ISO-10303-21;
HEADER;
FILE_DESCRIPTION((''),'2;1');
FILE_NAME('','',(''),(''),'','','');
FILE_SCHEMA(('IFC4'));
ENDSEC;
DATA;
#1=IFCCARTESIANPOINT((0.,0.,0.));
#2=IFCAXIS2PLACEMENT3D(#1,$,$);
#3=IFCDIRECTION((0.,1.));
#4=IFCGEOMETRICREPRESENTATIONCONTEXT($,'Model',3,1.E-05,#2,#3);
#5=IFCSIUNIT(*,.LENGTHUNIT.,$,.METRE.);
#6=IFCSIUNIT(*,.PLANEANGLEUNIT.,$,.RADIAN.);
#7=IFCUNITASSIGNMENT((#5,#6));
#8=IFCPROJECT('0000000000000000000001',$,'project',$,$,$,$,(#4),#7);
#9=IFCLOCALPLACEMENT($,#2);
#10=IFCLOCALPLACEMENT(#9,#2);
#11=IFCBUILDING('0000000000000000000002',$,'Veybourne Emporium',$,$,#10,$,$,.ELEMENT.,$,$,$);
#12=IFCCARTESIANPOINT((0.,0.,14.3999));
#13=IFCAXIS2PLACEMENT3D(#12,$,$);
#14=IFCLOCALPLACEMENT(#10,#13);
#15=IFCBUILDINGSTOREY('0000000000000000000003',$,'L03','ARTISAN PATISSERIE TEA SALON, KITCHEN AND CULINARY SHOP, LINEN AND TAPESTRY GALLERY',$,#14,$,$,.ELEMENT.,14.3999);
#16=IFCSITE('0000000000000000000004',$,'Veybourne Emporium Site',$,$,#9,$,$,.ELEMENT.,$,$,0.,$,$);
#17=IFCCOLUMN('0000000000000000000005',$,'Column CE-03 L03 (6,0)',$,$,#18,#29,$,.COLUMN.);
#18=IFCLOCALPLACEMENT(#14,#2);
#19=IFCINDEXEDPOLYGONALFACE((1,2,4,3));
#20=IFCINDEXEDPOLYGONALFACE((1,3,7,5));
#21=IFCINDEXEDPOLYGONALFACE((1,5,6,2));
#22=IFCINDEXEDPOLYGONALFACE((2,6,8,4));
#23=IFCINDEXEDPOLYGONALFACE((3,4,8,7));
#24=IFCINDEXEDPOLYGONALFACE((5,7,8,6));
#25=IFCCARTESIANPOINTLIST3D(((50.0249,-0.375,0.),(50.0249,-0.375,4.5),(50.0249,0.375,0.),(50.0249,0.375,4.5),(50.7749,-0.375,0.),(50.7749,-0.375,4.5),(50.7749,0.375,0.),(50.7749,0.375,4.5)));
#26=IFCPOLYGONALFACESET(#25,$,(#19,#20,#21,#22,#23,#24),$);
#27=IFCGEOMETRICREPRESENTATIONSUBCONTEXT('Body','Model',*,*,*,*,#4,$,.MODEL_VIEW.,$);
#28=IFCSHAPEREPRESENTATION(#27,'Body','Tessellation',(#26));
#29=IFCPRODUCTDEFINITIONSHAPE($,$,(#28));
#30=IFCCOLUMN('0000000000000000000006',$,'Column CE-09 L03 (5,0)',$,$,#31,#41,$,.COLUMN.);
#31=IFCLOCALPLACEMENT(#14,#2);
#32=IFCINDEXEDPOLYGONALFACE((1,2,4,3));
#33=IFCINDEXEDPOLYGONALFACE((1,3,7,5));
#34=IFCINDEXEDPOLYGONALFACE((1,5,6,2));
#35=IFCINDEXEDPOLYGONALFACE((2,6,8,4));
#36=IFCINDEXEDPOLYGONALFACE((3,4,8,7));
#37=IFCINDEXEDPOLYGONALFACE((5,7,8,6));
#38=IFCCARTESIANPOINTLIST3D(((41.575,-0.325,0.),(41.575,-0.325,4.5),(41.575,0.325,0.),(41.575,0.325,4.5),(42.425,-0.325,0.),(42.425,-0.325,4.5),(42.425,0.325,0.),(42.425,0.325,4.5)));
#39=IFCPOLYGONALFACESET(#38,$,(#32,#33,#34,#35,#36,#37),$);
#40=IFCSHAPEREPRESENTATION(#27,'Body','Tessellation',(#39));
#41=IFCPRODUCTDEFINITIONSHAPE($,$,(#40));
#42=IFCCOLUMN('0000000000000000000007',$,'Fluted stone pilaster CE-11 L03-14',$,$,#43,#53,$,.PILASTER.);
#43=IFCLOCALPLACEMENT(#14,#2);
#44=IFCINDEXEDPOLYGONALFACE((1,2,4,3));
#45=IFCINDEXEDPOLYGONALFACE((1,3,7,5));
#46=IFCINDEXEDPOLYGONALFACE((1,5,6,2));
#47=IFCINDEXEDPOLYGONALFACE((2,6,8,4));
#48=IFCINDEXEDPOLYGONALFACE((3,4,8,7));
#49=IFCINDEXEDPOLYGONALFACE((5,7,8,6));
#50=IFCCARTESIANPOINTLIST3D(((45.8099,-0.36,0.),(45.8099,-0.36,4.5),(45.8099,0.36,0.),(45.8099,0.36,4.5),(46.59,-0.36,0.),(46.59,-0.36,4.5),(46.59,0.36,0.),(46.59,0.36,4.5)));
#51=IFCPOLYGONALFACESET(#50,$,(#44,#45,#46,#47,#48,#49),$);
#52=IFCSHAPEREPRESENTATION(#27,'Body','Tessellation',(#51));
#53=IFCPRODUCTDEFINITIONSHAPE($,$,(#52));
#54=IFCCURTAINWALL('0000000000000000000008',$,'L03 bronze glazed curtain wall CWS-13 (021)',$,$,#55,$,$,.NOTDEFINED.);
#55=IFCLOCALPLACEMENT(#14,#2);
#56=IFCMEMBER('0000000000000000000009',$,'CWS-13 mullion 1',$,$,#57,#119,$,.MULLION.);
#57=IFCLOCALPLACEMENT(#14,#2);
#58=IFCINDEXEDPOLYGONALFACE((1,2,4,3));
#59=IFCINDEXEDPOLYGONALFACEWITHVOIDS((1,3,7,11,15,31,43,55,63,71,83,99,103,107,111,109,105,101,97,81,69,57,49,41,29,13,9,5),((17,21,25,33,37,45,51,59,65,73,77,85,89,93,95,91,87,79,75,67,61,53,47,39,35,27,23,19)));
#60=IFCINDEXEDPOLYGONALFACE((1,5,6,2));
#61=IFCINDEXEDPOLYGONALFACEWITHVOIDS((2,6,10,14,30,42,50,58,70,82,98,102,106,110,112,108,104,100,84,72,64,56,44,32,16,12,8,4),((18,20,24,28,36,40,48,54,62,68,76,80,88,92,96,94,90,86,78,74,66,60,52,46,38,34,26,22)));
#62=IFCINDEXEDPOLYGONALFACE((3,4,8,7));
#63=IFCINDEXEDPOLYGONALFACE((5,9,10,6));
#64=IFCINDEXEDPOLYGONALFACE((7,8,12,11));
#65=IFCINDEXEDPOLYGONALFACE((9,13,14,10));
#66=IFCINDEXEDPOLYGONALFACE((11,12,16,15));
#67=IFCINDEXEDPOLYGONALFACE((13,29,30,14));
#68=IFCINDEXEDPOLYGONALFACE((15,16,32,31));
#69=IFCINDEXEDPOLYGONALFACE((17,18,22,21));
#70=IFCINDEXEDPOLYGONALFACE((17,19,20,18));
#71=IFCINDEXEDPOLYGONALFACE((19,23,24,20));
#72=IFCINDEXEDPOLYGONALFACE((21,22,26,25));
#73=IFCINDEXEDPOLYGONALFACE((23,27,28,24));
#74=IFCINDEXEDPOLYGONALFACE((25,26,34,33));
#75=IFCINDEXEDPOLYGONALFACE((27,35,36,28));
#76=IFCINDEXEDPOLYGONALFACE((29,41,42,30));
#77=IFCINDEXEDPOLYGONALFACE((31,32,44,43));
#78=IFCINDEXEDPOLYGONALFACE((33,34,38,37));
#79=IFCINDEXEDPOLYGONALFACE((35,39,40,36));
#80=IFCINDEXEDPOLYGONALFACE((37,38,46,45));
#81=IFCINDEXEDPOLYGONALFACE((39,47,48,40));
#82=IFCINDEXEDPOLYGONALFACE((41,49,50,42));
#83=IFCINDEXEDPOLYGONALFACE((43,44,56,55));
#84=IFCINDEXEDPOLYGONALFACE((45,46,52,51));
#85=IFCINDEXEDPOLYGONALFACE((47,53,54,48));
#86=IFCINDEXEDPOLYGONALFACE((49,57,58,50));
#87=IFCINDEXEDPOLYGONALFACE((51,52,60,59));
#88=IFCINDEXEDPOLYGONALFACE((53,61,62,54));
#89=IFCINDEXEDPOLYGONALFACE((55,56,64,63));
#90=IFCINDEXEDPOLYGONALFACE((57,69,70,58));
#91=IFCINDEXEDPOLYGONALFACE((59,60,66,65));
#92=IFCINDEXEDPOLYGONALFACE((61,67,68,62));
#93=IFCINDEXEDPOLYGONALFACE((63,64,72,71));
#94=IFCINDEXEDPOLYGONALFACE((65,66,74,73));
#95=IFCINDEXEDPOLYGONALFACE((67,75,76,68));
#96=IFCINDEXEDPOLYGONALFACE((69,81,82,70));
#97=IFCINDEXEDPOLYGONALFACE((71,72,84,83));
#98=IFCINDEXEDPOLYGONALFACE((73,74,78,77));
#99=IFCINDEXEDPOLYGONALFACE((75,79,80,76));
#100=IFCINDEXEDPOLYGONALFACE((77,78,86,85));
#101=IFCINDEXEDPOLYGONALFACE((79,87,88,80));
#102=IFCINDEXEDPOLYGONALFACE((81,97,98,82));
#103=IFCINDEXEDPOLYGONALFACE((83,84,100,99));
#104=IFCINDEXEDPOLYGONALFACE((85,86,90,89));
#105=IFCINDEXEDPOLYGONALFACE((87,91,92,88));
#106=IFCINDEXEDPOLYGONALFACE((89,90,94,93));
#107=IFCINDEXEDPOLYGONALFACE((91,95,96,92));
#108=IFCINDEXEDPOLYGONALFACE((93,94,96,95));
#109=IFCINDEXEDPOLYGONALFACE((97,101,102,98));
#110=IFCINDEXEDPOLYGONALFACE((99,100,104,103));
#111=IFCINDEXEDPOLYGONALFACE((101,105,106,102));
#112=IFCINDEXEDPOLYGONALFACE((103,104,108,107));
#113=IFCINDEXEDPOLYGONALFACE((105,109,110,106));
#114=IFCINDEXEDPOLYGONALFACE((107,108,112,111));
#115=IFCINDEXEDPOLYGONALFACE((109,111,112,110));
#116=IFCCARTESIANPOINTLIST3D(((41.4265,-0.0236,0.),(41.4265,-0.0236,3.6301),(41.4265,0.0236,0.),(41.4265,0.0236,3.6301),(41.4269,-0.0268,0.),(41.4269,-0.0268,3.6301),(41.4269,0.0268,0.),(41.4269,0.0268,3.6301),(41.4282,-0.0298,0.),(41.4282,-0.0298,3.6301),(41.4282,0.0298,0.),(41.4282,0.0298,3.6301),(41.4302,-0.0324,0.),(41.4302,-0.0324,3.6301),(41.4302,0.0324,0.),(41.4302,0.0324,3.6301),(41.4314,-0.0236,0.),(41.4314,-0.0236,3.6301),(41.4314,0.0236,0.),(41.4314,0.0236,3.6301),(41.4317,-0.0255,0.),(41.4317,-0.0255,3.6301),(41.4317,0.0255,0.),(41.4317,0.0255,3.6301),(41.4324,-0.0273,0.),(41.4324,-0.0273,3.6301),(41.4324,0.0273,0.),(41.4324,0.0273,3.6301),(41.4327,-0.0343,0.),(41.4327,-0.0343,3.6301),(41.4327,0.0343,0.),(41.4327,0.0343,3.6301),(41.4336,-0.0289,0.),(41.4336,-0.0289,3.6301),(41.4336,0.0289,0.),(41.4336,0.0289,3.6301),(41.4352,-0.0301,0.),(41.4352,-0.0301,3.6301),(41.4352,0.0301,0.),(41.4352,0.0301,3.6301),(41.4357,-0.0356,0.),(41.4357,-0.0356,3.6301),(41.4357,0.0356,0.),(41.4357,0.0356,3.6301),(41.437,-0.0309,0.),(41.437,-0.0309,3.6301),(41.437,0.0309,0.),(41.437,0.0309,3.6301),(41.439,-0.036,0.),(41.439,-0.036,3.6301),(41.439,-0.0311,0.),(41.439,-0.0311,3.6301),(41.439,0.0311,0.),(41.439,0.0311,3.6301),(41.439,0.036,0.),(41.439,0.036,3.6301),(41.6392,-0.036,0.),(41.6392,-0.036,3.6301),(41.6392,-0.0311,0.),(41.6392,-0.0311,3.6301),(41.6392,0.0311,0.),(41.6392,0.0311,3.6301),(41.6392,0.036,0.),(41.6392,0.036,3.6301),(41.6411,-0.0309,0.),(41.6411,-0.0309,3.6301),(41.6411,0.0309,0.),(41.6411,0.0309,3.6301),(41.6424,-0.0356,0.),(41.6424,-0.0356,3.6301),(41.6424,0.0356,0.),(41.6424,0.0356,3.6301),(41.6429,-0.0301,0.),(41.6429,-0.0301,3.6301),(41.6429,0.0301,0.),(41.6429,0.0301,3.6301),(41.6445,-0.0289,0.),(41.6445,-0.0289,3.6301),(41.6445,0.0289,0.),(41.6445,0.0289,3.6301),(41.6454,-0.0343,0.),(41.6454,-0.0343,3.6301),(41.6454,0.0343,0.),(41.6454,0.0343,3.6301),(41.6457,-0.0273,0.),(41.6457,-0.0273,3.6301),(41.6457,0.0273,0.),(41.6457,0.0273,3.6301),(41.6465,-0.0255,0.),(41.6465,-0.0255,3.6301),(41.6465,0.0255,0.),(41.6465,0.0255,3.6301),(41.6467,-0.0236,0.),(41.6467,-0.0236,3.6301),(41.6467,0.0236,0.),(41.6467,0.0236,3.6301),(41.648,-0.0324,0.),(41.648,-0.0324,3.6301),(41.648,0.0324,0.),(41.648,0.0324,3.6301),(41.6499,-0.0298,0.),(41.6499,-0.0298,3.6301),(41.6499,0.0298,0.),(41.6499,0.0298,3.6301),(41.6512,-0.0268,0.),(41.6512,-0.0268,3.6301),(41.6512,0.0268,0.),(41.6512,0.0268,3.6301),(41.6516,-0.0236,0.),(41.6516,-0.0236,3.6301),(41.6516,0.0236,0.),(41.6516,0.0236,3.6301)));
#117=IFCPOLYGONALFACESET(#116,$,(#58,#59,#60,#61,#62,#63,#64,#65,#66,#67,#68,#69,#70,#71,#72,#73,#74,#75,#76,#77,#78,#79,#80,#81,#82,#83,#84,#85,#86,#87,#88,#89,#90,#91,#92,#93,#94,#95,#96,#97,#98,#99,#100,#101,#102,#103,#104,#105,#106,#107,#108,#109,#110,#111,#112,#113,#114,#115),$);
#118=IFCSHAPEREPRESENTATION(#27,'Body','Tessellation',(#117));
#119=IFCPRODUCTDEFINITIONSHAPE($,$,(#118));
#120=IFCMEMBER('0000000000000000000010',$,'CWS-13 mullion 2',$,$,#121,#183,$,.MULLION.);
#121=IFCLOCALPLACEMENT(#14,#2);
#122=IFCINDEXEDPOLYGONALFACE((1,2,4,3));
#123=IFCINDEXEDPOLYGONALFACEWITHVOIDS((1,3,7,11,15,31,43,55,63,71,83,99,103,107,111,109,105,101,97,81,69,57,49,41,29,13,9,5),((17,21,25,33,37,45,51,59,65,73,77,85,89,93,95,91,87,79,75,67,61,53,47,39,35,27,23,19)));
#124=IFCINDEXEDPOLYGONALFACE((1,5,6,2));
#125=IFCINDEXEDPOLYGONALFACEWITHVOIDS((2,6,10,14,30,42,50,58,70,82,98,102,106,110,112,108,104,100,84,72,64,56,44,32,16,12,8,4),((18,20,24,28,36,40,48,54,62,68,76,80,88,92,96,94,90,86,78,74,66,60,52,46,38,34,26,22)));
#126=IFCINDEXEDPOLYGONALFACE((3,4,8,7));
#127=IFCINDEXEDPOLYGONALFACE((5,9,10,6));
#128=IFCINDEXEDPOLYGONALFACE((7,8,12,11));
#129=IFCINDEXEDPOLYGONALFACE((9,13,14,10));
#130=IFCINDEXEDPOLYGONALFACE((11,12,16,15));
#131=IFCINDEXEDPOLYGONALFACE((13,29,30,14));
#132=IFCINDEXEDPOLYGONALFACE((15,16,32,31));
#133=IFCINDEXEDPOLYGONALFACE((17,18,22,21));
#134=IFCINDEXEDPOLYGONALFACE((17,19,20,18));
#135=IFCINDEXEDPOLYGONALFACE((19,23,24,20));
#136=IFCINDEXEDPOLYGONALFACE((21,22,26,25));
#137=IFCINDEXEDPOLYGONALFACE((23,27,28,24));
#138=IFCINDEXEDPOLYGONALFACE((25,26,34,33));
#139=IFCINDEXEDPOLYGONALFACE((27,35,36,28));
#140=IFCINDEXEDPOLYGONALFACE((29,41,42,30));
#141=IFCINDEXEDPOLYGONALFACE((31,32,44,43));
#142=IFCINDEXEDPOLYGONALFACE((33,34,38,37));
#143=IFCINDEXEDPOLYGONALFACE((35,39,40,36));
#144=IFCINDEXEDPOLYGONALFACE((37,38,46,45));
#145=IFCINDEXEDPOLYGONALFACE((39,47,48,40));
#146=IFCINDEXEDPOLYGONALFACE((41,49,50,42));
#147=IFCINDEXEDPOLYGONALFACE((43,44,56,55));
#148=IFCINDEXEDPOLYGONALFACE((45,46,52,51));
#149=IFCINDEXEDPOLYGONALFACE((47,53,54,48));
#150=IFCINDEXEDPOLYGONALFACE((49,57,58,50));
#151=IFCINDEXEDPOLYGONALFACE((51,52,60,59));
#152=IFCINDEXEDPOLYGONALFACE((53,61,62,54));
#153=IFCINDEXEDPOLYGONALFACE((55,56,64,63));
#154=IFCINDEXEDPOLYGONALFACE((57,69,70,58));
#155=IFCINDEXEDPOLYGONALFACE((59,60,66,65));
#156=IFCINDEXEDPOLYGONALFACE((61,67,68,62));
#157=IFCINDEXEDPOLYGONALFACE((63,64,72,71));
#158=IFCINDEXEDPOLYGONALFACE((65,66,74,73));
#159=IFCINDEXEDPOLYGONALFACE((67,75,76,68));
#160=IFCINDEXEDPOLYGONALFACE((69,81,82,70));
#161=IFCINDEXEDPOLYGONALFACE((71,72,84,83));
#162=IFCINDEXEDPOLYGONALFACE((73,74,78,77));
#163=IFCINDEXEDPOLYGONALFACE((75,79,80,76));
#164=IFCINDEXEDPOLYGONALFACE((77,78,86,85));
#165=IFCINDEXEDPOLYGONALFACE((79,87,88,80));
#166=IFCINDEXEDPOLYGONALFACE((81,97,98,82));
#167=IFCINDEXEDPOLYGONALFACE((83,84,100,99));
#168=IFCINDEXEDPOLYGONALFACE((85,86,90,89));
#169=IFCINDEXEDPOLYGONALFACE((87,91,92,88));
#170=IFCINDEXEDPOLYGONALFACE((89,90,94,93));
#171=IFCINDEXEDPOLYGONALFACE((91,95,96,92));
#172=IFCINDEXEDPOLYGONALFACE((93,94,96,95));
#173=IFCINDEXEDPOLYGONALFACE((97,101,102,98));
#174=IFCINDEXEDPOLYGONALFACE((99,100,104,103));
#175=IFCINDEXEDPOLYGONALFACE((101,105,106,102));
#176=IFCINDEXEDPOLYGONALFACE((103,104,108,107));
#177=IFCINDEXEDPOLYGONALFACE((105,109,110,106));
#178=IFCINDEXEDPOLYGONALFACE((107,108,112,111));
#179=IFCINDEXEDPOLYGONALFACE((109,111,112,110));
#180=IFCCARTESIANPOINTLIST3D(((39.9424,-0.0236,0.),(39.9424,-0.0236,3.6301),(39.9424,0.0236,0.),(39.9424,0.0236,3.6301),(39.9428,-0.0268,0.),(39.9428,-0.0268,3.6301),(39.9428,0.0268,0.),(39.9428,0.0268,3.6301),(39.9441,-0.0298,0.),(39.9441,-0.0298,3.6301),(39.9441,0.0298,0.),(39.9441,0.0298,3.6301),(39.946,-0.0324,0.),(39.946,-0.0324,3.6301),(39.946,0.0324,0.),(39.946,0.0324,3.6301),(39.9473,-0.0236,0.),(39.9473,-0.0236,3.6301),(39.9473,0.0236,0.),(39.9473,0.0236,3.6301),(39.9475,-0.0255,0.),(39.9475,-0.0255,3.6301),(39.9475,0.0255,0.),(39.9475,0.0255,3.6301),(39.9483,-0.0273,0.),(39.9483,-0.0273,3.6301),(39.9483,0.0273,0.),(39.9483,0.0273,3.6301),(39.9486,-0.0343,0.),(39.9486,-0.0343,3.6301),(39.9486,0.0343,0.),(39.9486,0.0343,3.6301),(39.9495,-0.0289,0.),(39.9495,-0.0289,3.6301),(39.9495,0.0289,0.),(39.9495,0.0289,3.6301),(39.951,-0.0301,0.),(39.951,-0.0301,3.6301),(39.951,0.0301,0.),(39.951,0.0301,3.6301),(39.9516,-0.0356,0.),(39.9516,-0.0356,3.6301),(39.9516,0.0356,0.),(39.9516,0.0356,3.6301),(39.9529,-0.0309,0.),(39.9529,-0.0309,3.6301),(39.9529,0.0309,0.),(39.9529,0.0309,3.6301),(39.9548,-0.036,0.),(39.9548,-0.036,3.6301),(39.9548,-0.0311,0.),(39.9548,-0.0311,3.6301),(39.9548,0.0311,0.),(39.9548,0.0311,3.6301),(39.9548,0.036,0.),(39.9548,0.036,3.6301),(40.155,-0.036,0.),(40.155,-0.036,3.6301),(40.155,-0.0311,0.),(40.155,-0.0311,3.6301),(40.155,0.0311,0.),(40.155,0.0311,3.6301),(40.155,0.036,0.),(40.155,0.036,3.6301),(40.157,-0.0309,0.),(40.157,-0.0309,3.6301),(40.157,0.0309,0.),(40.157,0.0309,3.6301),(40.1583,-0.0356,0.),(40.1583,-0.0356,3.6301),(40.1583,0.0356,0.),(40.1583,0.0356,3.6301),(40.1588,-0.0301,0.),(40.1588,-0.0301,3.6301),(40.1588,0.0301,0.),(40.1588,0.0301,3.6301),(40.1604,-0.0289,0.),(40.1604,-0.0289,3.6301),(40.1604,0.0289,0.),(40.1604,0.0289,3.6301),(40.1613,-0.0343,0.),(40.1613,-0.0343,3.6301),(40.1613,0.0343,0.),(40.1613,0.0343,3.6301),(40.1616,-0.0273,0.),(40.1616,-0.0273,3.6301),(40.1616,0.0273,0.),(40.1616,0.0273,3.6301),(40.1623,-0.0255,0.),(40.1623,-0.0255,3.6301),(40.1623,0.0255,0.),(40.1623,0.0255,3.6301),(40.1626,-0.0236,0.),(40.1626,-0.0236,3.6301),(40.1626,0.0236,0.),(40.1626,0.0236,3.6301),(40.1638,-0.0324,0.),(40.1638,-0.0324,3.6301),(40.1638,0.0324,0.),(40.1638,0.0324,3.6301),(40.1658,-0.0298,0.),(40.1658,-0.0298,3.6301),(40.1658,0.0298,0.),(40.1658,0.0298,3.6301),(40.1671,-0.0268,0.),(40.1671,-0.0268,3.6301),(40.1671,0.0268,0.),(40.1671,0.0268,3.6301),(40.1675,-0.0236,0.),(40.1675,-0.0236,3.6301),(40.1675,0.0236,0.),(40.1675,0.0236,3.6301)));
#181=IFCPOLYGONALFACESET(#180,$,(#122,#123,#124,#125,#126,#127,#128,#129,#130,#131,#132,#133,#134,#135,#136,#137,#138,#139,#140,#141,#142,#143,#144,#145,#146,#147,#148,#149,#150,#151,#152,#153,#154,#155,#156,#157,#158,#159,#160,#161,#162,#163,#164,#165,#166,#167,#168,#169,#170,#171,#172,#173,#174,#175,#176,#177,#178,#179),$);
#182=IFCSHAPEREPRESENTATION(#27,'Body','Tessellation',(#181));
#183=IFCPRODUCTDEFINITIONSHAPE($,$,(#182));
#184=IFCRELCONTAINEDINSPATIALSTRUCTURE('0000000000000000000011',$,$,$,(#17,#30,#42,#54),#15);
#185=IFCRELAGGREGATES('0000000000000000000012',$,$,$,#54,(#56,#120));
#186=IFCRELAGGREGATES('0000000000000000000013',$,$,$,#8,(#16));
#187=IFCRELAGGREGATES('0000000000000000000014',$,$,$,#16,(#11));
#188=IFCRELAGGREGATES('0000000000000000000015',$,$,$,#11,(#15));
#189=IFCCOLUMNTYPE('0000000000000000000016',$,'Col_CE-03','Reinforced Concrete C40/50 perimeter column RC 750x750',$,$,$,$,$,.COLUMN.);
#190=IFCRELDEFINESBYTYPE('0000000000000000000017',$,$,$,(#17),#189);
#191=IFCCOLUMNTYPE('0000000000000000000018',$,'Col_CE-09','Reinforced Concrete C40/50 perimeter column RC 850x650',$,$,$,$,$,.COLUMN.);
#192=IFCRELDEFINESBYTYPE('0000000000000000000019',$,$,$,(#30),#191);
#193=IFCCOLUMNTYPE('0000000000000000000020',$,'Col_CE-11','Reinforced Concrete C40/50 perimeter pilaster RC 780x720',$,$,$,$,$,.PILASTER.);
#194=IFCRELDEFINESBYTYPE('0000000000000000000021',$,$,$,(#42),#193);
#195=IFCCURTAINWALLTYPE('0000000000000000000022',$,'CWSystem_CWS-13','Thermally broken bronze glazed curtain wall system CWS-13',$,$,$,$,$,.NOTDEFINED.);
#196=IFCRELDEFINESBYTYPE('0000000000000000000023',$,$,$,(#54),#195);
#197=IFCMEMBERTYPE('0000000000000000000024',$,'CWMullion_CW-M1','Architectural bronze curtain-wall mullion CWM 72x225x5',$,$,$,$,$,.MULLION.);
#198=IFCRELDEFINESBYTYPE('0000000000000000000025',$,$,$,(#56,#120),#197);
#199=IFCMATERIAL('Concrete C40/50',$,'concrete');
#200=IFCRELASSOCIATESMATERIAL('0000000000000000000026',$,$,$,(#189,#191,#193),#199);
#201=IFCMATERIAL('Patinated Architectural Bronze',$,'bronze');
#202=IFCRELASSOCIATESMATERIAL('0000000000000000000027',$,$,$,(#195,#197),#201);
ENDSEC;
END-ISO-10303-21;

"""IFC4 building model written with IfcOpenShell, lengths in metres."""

from ifc_helpers import new_model, si_unit, direction, frame, origin, origin_2d, place, context, subcontext, project, spatial, rectangle, hollow_rectangle, extrude, material, material_profile, profile_set, type_object, element, aggregate, save


model = new_model("IFC4")

# Units and contexts
model_context = context("Model", 3, precision=1e-05, world=origin(), true_north=direction((0.0, 1.0)))
body_context = subcontext(model_context, "Body", "Model", "MODEL_VIEW")
ifc_project = project(units=[si_unit("LENGTHUNIT", "METRE"), si_unit("PLANEANGLEUNIT", "RADIAN")], contexts=[model_context])

# Site, building, storey
site_placement = place(None, origin())
site = spatial("IfcSite", under=ifc_project, at=site_placement, Name="Veybourne Emporium Site", CompositionType="ELEMENT", RefElevation=0.0)
building_placement = place(site_placement, origin())
building = spatial("IfcBuilding", under=site, at=building_placement, Name="Veybourne Emporium", CompositionType="ELEMENT")
storey_placement = place(building_placement, frame((0.0, 0.0, 14.3999)))
storey = spatial("IfcBuildingStorey", under=building, at=storey_placement, Name="L03", Description="ARTISAN PATISSERIE TEA SALON, KITCHEN AND CULINARY SHOP, LINEN AND TAPESTRY GALLERY", CompositionType="ELEMENT", Elevation=14.3999)

# Columns
ifc_material_1 = material(Name="Concrete C40/50", Category="concrete")
ifc_material_profile_1 = material_profile(ifc_material_1, rectangle(XDim=0.75, YDim=0.75, at=origin_2d()), Name="RC 750x750")
ifc_profile_set_1 = profile_set([ifc_material_profile_1], Name="Concrete C40/50")
column_type_1 = type_object("IfcColumnType", Name="Col_CE-03", Description="Reinforced Concrete C40/50 perimeter column RC 750x750", PredefinedType="COLUMN", material=ifc_profile_set_1)
column_1_placement = place(storey_placement, frame((50.3999, 0.0, 0.0), z_axis=(0.0, 0.0, 1.0), x_axis=(1.0, 0.0, 0.0)))
element("IfcColumn", 1, at=column_1_placement, inside=storey, type_object=column_type_1, Name="Column CE-03 L03 (6,0)", PredefinedType="COLUMN", context=body_context, shape_type="SweptSolid", body=[
    extrude(rectangle(XDim=0.75, YDim=0.75, at=origin_2d()), origin(), (0.0, 0.0, 1.0), 4.5),
])
ifc_material_profile_2 = material_profile(ifc_material_1, rectangle(XDim=0.8501, YDim=0.6499, at=origin_2d()), Name="RC 850x650")
ifc_profile_set_2 = profile_set([ifc_material_profile_2], Name="Concrete C40/50")
column_type_2 = type_object("IfcColumnType", Name="Col_CE-09", Description="Reinforced Concrete C40/50 perimeter column RC 850x650", PredefinedType="COLUMN", material=ifc_profile_set_2)
column_2_placement = place(storey_placement, frame((42.0, 0.0, 0.0), z_axis=(0.0, 0.0, 1.0), x_axis=(1.0, 0.0, 0.0)))
element("IfcColumn", 2, at=column_2_placement, inside=storey, type_object=column_type_2, Name="Column CE-09 L03 (5,0)", PredefinedType="COLUMN", context=body_context, shape_type="SweptSolid", body=[
    extrude(rectangle(XDim=0.8501, YDim=0.6499, at=origin_2d()), origin(), (0.0, 0.0, 1.0), 4.5),
])
ifc_material_profile_3 = material_profile(ifc_material_1, rectangle(XDim=0.78, YDim=0.72, at=origin_2d()), Name="RC 780x720")
ifc_profile_set_3 = profile_set([ifc_material_profile_3], Name="Concrete C40/50")
column_type_3 = type_object("IfcColumnType", Name="Col_CE-11", Description="Reinforced Concrete C40/50 perimeter pilaster RC 780x720", PredefinedType="PILASTER", material=ifc_profile_set_3)
column_3_placement = place(storey_placement, frame((46.2, 0.0, 0.0), z_axis=(0.0, 0.0, 1.0), x_axis=(1.0, 0.0, 0.0)))
element("IfcColumn", 3, at=column_3_placement, inside=storey, type_object=column_type_3, Name="Fluted stone pilaster CE-11 L03-14", PredefinedType="PILASTER", context=body_context, shape_type="SweptSolid", body=[
    extrude(rectangle(XDim=0.78, YDim=0.72, at=origin_2d()), origin(), (0.0, 0.0, 1.0), 4.5),
])

# Curtain wall, members
ifc_material_2 = material(Name="Patinated Architectural Bronze", Category="bronze")
curtain_wall_type = type_object("IfcCurtainWallType", Name="CWSystem_CWS-13", Description="Thermally broken bronze glazed curtain wall system CWS-13", PredefinedType="NOTDEFINED", material=ifc_material_2)
curtain_wall_placement = place(storey_placement, origin())
curtain_wall = element("IfcCurtainWall", 4, at=curtain_wall_placement, inside=storey, type_object=curtain_wall_type, Name="L03 bronze glazed curtain wall CWS-13 (021)", PredefinedType="NOTDEFINED")
ifc_material_profile_4 = material_profile(ifc_material_2, hollow_rectangle(XDim=0.072, YDim=0.2251, WallThickness=0.0049, InnerFilletRadius=0.0076, OuterFilletRadius=0.0125, at=origin_2d()), Name="CWM 72x225x5")
ifc_profile_set_4 = profile_set([ifc_material_profile_4], Name="Patinated Architectural Bronze")
member_type_1 = type_object("IfcMemberType", Name="CWMullion_CW-M1", Description="Architectural bronze curtain-wall mullion CWM 72x225x5", PredefinedType="MULLION", material=ifc_profile_set_4)
member_1_placement = place(storey_placement, frame((41.5391, 0.0, 0.0), z_axis=(0.0, 0.0, 1.0), x_axis=(0.0, -1.0, 0.0)))
member_1 = element("IfcMember", 5, at=member_1_placement, type_object=member_type_1, Name="CWS-13 mullion 1", PredefinedType="MULLION", context=body_context, shape_type="SweptSolid", body=[
    extrude(hollow_rectangle(XDim=0.072, YDim=0.2251, WallThickness=0.0049, InnerFilletRadius=0.0076, OuterFilletRadius=0.0125, at=origin_2d()), origin(), (0.0, 0.0, 1.0), 3.6301),
])
member_2_placement = place(storey_placement, frame((40.0549, 0.0, 0.0), z_axis=(0.0, 0.0, 1.0), x_axis=(0.0, -1.0, 0.0)))
member_2 = element("IfcMember", 6, at=member_2_placement, type_object=member_type_1, Name="CWS-13 mullion 2", PredefinedType="MULLION", context=body_context, shape_type="SweptSolid", body=[
    extrude(hollow_rectangle(XDim=0.072, YDim=0.2251, WallThickness=0.0049, InnerFilletRadius=0.0076, OuterFilletRadius=0.0125, at=origin_2d()), origin(), (0.0, 0.0, 1.0), 3.6301),
])

aggregate(curtain_wall, [member_1, member_2])

save(model, "model.ifc")
